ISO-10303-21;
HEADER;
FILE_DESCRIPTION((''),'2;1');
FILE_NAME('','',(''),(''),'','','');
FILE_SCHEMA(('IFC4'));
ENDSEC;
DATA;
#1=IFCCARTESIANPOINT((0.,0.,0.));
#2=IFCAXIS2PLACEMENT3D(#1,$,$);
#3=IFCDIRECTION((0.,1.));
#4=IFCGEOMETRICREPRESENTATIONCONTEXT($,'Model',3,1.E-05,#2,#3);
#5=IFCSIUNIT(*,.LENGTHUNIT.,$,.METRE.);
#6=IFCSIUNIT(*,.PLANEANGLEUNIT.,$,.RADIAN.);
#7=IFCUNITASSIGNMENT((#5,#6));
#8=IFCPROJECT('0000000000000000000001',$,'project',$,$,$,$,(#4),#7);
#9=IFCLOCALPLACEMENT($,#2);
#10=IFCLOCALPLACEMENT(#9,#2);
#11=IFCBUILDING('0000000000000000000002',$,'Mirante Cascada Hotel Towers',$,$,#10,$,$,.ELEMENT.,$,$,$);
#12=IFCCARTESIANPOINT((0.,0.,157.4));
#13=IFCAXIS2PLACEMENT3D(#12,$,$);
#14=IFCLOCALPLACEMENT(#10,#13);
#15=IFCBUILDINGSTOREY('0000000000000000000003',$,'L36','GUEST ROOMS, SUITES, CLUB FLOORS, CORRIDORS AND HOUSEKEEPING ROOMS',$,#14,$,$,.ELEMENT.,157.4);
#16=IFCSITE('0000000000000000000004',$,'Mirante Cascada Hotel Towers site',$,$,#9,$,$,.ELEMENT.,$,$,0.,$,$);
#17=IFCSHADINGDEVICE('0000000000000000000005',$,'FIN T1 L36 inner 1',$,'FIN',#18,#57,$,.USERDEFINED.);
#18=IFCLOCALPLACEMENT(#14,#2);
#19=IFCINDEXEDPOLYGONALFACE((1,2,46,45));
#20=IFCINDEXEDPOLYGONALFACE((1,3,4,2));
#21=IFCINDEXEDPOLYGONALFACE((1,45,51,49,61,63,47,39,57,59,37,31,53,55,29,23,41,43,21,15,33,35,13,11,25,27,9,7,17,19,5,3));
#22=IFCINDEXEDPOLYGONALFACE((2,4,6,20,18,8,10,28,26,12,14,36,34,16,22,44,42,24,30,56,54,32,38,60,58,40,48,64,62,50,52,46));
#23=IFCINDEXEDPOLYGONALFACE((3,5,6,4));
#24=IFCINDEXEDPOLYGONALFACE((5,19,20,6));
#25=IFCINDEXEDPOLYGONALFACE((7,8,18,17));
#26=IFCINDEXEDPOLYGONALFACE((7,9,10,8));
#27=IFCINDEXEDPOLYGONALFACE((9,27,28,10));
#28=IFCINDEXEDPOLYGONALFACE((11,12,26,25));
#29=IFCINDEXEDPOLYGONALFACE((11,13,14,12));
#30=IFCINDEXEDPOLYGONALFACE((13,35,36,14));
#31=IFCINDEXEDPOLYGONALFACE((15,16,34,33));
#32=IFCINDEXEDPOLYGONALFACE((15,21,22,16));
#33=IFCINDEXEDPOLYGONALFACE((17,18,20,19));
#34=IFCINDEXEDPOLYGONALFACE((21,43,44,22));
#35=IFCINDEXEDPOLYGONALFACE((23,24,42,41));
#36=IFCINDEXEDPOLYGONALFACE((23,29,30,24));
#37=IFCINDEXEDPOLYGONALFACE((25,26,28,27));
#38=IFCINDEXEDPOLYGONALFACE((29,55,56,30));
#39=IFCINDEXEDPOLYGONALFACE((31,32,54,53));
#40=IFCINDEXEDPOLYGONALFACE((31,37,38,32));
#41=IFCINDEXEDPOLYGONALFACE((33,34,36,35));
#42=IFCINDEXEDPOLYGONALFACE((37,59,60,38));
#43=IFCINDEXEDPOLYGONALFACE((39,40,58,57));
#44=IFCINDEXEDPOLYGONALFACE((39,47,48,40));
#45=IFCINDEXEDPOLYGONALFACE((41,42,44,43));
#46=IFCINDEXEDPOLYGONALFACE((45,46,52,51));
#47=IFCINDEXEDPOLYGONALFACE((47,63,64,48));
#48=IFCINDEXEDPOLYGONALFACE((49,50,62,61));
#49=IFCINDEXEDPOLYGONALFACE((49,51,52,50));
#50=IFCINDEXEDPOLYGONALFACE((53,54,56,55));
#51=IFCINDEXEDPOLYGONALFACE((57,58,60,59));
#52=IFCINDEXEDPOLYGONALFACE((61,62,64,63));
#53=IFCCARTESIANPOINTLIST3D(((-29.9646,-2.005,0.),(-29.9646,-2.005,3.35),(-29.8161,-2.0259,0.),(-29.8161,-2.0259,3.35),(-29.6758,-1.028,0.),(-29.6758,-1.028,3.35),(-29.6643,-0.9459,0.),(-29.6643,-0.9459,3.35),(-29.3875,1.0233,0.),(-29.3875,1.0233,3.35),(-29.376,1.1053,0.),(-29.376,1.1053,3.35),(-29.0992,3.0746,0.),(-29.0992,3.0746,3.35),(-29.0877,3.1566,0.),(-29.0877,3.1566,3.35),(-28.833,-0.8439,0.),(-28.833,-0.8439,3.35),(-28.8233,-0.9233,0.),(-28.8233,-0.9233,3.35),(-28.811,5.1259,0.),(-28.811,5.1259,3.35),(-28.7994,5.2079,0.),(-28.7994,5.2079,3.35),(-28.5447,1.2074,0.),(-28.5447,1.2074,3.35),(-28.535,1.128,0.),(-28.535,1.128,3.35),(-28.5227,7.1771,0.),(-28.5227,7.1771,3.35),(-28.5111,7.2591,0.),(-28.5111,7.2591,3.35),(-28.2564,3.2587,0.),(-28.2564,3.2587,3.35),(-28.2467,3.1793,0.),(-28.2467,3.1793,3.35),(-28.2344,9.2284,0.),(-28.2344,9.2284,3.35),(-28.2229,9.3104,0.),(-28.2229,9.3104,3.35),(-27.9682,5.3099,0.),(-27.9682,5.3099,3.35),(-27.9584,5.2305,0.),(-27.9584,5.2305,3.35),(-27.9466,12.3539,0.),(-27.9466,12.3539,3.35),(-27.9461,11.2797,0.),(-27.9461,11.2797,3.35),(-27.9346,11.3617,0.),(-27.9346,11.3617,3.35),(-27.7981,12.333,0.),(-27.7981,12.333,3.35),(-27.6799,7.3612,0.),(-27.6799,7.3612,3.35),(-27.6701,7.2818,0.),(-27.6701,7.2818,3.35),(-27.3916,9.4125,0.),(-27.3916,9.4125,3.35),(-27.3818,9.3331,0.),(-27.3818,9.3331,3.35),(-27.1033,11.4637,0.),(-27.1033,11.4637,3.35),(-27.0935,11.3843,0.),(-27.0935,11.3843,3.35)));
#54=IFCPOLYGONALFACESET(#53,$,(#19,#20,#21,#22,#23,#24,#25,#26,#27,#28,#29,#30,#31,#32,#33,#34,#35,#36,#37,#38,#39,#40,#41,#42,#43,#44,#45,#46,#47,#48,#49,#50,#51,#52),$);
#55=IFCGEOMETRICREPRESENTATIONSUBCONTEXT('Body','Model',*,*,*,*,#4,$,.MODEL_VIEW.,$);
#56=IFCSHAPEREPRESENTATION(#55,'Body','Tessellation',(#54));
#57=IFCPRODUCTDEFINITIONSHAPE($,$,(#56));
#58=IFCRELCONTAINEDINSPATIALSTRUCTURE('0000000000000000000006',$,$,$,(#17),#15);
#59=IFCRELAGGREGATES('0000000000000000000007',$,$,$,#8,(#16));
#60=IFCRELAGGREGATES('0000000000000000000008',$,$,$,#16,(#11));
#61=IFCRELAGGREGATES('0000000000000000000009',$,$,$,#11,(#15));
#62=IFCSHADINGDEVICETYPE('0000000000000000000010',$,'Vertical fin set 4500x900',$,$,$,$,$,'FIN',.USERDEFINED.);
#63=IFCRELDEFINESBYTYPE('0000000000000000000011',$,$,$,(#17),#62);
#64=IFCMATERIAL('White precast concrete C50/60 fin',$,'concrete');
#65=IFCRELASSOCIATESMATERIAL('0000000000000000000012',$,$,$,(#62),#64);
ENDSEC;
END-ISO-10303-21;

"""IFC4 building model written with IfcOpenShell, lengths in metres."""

from ifc_helpers import new_model, si_unit, direction, frame, origin, place, context, subcontext, project, spatial, polyline, outline, extrude, material, type_object, element, save


model = new_model("IFC4")

# Units and contexts
model_context = context("Model", 3, precision=1e-05, world=origin(), true_north=direction((0.0, 1.0)))
body_context = subcontext(model_context, "Body", "Model", "MODEL_VIEW")
ifc_project = project(units=[si_unit("LENGTHUNIT", "METRE"), si_unit("PLANEANGLEUNIT", "RADIAN")], contexts=[model_context])

# Site, building, storey
site_placement = place(None, origin())
site = spatial("IfcSite", under=ifc_project, at=site_placement, Name="Mirante Cascada Hotel Towers site", CompositionType="ELEMENT", RefElevation=0.0)
building_placement = place(site_placement, origin())
building = spatial("IfcBuilding", under=site, at=building_placement, Name="Mirante Cascada Hotel Towers", CompositionType="ELEMENT")
storey_placement = place(building_placement, frame((0.0, 0.0, 157.4)))
storey = spatial("IfcBuildingStorey", under=building, at=storey_placement, Name="L36", Description="GUEST ROOMS, SUITES, CLUB FLOORS, CORRIDORS AND HOUSEKEEPING ROOMS", CompositionType="ELEMENT", Elevation=157.4)

# Shading device
ifc_material_1 = material(Name="White precast concrete C50/60 fin", Category="concrete")
shading_device_type = type_object("IfcShadingDeviceType", Name="Vertical fin set 4500x900", ElementType="FIN", PredefinedType="USERDEFINED", material=ifc_material_1)
shading_device_1_placement = place(storey_placement, origin())
element("IfcShadingDevice", 1, at=shading_device_1_placement, inside=storey, type_object=shading_device_type, Name="FIN T1 L36 inner 1", ObjectType="FIN", PredefinedType="USERDEFINED", context=body_context, shape_type="SweptSolid", body=[
    extrude(outline(polyline([(-29.6758, -1.028), (-29.8161, -2.0259), (-29.9646, -2.005), (-27.9466, 12.3539), (-27.7981, 12.333), (-27.9346, 11.3617), (-27.1033, 11.4637), (-27.0935, 11.3843), (-27.9461, 11.2797), (-28.2229, 9.3104), (-27.3916, 9.4125), (-27.3818, 9.3331), (-28.2344, 9.2284), (-28.5111, 7.2591), (-27.6799, 7.3612), (-27.6701, 7.2818), (-28.5227, 7.1771), (-28.7994, 5.2079), (-27.9682, 5.3099), (-27.9584, 5.2305), (-28.811, 5.1259), (-29.0877, 3.1566), (-28.2564, 3.2587), (-28.2467, 3.1793), (-29.0992, 3.0746), (-29.376, 1.1053), (-28.5447, 1.2074), (-28.535, 1.128), (-29.3875, 1.0233), (-29.6643, -0.9459), (-28.833, -0.8439), (-28.8233, -0.9233), (-29.6758, -1.028)])), origin(), (0.0, 0.0, 1.0), 3.35),
])

save(model, "model.ifc")
